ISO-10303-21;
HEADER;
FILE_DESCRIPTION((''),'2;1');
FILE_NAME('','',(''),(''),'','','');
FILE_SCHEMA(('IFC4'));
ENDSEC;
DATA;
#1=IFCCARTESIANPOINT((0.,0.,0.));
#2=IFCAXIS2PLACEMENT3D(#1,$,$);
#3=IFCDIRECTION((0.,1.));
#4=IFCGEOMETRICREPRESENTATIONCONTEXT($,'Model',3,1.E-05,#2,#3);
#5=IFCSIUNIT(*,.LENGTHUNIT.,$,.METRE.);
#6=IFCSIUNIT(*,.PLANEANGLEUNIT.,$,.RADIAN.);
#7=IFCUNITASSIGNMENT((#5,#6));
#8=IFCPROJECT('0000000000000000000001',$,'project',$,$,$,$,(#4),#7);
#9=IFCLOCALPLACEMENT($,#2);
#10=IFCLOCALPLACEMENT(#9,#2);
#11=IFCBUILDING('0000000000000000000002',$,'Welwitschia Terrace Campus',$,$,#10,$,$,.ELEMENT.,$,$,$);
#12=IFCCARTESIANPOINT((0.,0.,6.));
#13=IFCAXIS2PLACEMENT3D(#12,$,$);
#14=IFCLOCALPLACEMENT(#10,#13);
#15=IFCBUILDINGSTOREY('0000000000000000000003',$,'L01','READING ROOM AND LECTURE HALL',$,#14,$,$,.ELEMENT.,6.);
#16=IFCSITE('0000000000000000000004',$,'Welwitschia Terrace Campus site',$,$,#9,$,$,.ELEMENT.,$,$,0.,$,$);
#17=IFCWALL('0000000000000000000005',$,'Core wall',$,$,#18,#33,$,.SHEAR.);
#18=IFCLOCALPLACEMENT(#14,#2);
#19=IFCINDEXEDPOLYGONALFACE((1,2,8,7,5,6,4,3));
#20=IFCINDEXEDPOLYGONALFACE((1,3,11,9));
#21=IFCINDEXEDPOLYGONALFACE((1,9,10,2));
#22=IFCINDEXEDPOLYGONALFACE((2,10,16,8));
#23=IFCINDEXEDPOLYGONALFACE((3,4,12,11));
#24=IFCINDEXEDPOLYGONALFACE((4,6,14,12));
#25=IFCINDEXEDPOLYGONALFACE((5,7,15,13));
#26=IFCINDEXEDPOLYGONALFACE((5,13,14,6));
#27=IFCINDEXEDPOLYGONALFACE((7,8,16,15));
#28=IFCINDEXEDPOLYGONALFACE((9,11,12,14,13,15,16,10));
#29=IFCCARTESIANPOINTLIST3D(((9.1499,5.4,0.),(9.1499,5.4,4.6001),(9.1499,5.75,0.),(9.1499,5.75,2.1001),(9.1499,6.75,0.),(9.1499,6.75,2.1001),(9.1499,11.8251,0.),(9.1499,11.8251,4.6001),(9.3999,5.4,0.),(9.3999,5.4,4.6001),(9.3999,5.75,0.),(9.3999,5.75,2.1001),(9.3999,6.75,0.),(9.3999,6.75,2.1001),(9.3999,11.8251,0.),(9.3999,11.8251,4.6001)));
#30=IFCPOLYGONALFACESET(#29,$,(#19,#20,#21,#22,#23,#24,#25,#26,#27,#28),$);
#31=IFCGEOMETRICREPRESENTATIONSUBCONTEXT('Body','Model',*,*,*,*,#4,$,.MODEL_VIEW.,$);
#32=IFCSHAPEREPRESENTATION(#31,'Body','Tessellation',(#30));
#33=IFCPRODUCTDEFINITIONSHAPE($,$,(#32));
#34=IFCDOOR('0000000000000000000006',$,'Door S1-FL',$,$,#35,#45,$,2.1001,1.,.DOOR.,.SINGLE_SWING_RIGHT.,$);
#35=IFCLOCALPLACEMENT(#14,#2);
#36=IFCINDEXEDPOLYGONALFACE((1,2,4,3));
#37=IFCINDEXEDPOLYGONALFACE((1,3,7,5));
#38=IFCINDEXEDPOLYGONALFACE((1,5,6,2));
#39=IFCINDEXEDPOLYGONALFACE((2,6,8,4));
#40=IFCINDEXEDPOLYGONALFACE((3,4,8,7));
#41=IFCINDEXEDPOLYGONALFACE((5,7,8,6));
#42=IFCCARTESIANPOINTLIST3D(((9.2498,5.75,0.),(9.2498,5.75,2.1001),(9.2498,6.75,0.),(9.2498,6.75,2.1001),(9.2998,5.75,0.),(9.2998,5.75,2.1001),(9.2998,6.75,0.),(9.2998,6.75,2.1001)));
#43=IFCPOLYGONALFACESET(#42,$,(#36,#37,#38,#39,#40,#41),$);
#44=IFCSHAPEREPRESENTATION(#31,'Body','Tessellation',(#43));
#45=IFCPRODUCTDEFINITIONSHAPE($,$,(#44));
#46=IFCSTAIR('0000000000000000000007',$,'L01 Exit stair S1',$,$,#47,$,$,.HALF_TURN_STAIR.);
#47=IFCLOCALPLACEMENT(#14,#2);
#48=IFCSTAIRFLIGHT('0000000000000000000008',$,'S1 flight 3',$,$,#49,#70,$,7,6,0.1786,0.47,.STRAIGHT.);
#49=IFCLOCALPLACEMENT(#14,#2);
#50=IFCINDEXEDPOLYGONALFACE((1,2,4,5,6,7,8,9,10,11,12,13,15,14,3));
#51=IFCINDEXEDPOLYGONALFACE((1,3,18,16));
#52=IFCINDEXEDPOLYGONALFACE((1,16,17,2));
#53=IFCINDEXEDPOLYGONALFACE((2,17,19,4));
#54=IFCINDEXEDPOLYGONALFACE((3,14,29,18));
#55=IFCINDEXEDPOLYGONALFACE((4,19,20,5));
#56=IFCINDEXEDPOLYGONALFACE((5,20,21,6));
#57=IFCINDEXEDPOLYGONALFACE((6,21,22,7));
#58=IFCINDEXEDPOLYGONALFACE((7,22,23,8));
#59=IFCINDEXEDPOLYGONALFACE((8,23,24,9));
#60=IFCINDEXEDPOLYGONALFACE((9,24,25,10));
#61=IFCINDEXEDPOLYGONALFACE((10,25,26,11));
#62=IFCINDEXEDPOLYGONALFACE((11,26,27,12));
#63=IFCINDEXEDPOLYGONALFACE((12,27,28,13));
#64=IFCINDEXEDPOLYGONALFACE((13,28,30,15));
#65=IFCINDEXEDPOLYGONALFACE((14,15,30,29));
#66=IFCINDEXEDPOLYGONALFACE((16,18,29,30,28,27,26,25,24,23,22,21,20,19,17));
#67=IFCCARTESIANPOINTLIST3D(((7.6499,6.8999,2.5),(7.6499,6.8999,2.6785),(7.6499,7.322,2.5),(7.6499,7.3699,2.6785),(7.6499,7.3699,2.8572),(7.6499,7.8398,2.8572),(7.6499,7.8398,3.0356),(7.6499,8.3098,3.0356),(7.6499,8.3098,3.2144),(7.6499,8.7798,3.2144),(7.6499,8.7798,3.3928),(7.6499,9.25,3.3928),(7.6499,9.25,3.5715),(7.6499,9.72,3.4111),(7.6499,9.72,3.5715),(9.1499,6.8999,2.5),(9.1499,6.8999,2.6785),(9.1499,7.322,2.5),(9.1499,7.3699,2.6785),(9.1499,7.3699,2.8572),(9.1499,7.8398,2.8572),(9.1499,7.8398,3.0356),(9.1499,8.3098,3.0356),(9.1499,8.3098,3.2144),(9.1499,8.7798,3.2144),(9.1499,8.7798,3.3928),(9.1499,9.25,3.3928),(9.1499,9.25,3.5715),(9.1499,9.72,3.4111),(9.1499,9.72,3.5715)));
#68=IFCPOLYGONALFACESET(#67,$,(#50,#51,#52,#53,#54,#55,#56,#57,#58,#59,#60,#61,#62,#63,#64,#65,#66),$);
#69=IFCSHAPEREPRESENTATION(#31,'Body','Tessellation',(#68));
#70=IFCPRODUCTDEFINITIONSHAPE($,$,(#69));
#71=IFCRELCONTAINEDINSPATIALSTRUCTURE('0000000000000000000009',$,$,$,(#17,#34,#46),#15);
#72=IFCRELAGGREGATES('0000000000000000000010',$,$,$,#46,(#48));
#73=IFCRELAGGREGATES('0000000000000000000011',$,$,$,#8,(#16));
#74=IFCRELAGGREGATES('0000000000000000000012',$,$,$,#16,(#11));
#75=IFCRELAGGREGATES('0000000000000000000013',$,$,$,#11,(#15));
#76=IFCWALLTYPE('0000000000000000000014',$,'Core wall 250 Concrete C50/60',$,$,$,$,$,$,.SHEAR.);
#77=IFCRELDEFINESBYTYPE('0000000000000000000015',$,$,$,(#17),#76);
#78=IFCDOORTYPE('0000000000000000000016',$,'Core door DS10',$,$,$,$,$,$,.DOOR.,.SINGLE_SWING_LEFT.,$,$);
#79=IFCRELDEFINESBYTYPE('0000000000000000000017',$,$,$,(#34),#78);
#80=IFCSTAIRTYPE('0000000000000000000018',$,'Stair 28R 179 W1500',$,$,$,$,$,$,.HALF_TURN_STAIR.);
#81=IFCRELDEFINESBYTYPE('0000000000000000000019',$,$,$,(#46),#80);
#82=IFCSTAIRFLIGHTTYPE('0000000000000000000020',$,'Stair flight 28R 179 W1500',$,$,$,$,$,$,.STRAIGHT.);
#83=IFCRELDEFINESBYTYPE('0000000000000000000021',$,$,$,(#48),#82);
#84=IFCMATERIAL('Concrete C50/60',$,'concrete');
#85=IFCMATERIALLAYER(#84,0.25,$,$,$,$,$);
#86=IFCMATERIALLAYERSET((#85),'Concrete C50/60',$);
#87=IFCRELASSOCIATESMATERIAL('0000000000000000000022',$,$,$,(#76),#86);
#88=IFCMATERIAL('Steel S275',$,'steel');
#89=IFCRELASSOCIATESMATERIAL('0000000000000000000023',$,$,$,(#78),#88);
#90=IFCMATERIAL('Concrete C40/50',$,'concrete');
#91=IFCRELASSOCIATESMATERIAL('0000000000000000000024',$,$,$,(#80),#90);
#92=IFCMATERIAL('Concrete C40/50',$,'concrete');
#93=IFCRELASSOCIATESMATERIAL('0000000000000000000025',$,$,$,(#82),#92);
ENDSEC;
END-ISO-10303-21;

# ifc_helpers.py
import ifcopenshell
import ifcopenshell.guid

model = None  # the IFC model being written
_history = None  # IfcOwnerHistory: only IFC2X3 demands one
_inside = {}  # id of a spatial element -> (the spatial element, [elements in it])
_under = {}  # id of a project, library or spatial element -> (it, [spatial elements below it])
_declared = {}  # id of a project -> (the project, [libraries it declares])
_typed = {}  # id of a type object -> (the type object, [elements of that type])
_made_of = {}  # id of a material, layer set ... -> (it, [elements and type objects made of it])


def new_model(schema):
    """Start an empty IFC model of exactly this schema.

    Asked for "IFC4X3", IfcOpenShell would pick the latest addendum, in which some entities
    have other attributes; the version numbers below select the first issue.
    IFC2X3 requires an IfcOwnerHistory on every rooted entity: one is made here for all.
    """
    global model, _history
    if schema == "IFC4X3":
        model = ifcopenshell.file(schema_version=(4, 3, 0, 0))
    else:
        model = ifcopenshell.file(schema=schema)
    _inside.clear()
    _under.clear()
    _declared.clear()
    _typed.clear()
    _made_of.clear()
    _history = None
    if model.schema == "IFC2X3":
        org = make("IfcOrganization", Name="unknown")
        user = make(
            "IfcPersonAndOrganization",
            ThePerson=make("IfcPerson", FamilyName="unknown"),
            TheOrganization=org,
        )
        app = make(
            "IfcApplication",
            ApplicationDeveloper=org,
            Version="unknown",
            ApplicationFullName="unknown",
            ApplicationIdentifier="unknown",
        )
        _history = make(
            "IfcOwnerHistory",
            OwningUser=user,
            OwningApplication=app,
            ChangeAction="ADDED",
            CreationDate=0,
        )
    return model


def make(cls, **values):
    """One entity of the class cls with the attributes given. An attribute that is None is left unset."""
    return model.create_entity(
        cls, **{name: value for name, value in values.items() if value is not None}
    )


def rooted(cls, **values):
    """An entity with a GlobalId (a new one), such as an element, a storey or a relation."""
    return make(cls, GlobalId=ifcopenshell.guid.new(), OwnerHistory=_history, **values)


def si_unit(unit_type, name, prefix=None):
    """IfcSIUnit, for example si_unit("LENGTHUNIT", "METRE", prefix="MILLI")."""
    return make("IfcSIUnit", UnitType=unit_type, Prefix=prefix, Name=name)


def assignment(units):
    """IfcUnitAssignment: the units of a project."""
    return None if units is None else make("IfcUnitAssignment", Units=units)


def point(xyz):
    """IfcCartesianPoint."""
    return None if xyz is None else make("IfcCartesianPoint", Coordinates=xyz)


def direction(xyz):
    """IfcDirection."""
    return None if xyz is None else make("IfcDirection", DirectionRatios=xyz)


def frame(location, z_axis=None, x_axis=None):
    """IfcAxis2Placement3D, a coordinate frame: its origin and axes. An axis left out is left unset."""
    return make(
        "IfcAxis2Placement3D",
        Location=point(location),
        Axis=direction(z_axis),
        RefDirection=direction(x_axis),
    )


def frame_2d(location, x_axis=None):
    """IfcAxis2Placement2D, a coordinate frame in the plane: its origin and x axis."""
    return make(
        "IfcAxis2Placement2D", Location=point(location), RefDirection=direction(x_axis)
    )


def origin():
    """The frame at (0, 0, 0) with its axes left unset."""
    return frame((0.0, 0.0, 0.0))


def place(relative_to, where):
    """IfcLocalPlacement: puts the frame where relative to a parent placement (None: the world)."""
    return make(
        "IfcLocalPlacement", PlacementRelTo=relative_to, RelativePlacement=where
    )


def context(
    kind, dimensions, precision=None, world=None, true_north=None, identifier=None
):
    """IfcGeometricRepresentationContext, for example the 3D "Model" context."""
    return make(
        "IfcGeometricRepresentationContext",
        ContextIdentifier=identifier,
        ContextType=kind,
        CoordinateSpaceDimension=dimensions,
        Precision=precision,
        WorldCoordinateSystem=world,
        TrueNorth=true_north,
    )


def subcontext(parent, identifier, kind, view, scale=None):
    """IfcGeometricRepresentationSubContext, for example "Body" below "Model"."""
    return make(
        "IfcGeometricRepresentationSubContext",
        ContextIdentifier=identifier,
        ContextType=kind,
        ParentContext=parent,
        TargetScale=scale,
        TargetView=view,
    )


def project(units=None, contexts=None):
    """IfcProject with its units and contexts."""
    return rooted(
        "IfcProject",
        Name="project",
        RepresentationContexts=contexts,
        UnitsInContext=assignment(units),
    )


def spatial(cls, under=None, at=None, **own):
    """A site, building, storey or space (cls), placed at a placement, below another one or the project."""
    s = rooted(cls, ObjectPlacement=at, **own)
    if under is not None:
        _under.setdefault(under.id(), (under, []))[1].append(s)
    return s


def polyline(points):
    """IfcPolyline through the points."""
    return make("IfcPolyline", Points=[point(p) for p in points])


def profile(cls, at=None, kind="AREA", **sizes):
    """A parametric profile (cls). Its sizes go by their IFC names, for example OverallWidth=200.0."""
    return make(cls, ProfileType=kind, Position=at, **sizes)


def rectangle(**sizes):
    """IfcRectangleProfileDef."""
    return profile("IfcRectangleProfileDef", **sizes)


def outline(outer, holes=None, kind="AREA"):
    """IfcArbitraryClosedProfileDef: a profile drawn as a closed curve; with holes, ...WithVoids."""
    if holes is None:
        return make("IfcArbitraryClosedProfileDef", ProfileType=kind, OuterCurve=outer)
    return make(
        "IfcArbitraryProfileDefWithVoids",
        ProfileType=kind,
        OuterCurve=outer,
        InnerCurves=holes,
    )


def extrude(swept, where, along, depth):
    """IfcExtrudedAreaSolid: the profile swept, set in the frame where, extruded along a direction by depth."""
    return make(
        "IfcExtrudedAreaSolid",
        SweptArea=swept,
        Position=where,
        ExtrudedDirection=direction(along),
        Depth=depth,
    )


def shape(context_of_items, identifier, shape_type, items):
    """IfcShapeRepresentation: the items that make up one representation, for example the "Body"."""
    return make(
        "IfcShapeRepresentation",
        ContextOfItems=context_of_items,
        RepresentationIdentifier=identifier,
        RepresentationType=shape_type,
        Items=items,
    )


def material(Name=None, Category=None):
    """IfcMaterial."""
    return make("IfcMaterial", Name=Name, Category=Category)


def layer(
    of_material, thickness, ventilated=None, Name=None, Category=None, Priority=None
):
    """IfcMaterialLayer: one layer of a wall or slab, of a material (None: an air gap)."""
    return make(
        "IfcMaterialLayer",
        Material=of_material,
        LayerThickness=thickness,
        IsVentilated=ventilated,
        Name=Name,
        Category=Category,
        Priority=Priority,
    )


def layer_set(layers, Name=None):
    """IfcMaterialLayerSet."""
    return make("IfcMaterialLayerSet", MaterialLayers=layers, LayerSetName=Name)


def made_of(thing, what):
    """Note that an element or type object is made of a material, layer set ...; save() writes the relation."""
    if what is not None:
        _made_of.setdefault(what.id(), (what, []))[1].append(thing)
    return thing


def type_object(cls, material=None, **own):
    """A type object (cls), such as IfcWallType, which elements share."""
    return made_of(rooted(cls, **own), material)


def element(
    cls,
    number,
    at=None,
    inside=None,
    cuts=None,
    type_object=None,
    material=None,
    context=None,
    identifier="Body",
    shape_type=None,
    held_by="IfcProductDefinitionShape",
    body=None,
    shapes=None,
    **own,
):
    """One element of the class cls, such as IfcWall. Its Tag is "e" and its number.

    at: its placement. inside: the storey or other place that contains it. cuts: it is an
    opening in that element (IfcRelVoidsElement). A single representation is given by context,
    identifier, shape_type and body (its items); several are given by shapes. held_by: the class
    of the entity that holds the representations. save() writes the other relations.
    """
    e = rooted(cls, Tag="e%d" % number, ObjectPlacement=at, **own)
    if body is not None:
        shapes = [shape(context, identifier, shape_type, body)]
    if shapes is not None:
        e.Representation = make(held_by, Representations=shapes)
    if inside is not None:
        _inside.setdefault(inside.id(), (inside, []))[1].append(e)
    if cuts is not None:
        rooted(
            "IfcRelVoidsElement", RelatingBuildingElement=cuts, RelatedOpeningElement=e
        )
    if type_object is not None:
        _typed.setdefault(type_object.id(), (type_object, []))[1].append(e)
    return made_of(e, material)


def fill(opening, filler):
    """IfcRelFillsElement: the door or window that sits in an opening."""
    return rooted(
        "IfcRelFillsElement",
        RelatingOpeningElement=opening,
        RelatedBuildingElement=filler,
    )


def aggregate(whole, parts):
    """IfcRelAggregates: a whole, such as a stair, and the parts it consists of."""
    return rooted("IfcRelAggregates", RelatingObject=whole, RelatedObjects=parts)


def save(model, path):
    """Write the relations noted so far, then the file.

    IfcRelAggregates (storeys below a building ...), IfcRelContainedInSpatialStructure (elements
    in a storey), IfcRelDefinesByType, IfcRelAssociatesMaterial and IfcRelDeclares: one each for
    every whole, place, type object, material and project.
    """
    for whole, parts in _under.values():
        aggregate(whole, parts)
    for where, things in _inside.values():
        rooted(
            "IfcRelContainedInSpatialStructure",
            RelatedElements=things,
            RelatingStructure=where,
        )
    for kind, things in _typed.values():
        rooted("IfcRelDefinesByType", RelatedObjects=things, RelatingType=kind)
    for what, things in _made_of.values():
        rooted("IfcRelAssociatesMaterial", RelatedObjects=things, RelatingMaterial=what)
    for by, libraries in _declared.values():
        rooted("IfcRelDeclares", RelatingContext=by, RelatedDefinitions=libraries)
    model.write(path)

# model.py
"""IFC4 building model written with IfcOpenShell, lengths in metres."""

from ifc_helpers import new_model, si_unit, direction, frame, frame_2d, origin, place, context, subcontext, project, spatial, polyline, rectangle, outline, extrude, material, layer, layer_set, type_object, element, fill, aggregate, save


model = new_model("IFC4")

# Units and contexts
model_context = context("Model", 3, precision=1e-05, world=origin(), true_north=direction((0.0, 1.0)))
body_context = subcontext(model_context, "Body", "Model", "MODEL_VIEW")
ifc_project = project(units=[si_unit("LENGTHUNIT", "METRE"), si_unit("PLANEANGLEUNIT", "RADIAN")], contexts=[model_context])

# Site, building, storey
site_placement = place(None, origin())
site = spatial("IfcSite", under=ifc_project, at=site_placement, Name="Welwitschia Terrace Campus site", CompositionType="ELEMENT", RefElevation=0.0)
building_placement = place(site_placement, origin())
building = spatial("IfcBuilding", under=site, at=building_placement, Name="Welwitschia Terrace Campus", CompositionType="ELEMENT")
storey_placement = place(building_placement, frame((0.0, 0.0, 6.0)))
storey = spatial("IfcBuildingStorey", under=building, at=storey_placement, Name="L01", Description="READING ROOM AND LECTURE HALL", CompositionType="ELEMENT", Elevation=6.0)

# Wall, opening, door
ifc_material_1 = material(Name="Concrete C50/60", Category="concrete")
ifc_layer_1 = layer(ifc_material_1, 0.25)
ifc_layer_set_1 = layer_set([ifc_layer_1], Name="Concrete C50/60")
wall_type_1 = type_object("IfcWallType", Name="Core wall 250 Concrete C50/60", PredefinedType="SHEAR", material=ifc_layer_set_1)
wall_1_placement = place(storey_placement, frame((9.2749, 11.825, 0.0), z_axis=(0.0, 0.0, 1.0), x_axis=(0.0, -1.0, 0.0)))
wall_1 = element("IfcWall", 1, at=wall_1_placement, inside=storey, type_object=wall_type_1, Name="Core wall", PredefinedType="SHEAR", context=body_context, shape_type="SweptSolid", body=[
    extrude(rectangle(XDim=6.425, YDim=0.25, at=frame_2d((3.2124, 0.0))), origin(), (0.0, 0.0, 1.0), 4.6001),
])
opening_1_placement = place(wall_1_placement, frame((5.075, 0.0, 0.0)))
opening_1 = element("IfcOpeningElement", 2, at=opening_1_placement, cuts=wall_1, PredefinedType="OPENING", context=body_context, shape_type="SweptSolid", body=[
    extrude(rectangle(XDim=1.0, YDim=2.1001, at=frame_2d((0.5, 1.05))), frame((0.0, 0.135, 0.0), z_axis=(0.0, -1.0, 0.0), x_axis=(1.0, 0.0, 0.0)), (0.0, 0.0, 1.0), 0.27),
])
ifc_material_2 = material(Name="Steel S275", Category="steel")
door_type_1 = type_object("IfcDoorType", Name="Core door DS10", OperationType="SINGLE_SWING_LEFT", PredefinedType="DOOR", material=ifc_material_2)
door_1_placement = place(opening_1_placement, origin())
door_1 = element("IfcDoor", 3, at=door_1_placement, inside=storey, type_object=door_type_1, Name="Door S1-FL", OperationType="SINGLE_SWING_RIGHT", OverallHeight=2.1001, OverallWidth=1.0, PredefinedType="DOOR", context=body_context, shape_type="SweptSolid", body=[
    extrude(rectangle(XDim=1.0, YDim=2.1001, at=frame_2d((0.5, 1.05))), frame((0.0, 0.0249, 0.0), z_axis=(0.0, -1.0, 0.0), x_axis=(1.0, 0.0, 0.0)), (0.0, 0.0, 1.0), 0.05),
])
fill(opening_1, door_1)

# Stair, stair flight
ifc_material_3 = material(Name="Concrete C40/50", Category="concrete")
stair_type = type_object("IfcStairType", Name="Stair 28R 179 W1500", PredefinedType="HALF_TURN_STAIR", material=ifc_material_3)
stair_placement = place(storey_placement, origin())
stair = element("IfcStair", 4, at=stair_placement, inside=storey, type_object=stair_type, Name="L01 Exit stair S1", PredefinedType="HALF_TURN_STAIR")
ifc_material_4 = material(Name="Concrete C40/50", Category="concrete")
stair_flight_type = type_object("IfcStairFlightType", Name="Stair flight 28R 179 W1500", PredefinedType="STRAIGHT", material=ifc_material_4)
stair_flight_placement = place(storey_placement, frame((8.3999, 6.8999, 2.5), z_axis=(0.0, 0.0, 1.0), x_axis=(0.0, 1.0, 0.0)))
stair_flight = element("IfcStairFlight", 5, at=stair_flight_placement, type_object=stair_flight_type, Name="S1 flight 3", NumberOfRisers=7, NumberOfTreads=6, PredefinedType="STRAIGHT", RiserHeight=0.1786, TreadLength=0.47, context=body_context, shape_type="SweptSolid", body=[
    extrude(outline(polyline([(0.0, 0.0), (0.0, 0.1785), (0.47, 0.1785), (0.47, 0.3572), (0.9399, 0.3572), (0.9399, 0.5356), (1.4099, 0.5356), (1.4099, 0.7144), (1.8799, 0.7144), (1.8799, 0.8928), (2.3501, 0.8928), (2.3501, 1.0715), (2.8201, 1.0715), (2.8201, 1.25), (2.8201, 0.9111), (0.4221, 0.0), (0.0, 0.0)])), frame((0.0, 0.75, 0.0), z_axis=(0.0, -1.0, 0.0), x_axis=(1.0, 0.0, 0.0)), (0.0, 0.0, 1.0), 1.5),
])
aggregate(stair, [stair_flight])

save(model, "model.ifc")
